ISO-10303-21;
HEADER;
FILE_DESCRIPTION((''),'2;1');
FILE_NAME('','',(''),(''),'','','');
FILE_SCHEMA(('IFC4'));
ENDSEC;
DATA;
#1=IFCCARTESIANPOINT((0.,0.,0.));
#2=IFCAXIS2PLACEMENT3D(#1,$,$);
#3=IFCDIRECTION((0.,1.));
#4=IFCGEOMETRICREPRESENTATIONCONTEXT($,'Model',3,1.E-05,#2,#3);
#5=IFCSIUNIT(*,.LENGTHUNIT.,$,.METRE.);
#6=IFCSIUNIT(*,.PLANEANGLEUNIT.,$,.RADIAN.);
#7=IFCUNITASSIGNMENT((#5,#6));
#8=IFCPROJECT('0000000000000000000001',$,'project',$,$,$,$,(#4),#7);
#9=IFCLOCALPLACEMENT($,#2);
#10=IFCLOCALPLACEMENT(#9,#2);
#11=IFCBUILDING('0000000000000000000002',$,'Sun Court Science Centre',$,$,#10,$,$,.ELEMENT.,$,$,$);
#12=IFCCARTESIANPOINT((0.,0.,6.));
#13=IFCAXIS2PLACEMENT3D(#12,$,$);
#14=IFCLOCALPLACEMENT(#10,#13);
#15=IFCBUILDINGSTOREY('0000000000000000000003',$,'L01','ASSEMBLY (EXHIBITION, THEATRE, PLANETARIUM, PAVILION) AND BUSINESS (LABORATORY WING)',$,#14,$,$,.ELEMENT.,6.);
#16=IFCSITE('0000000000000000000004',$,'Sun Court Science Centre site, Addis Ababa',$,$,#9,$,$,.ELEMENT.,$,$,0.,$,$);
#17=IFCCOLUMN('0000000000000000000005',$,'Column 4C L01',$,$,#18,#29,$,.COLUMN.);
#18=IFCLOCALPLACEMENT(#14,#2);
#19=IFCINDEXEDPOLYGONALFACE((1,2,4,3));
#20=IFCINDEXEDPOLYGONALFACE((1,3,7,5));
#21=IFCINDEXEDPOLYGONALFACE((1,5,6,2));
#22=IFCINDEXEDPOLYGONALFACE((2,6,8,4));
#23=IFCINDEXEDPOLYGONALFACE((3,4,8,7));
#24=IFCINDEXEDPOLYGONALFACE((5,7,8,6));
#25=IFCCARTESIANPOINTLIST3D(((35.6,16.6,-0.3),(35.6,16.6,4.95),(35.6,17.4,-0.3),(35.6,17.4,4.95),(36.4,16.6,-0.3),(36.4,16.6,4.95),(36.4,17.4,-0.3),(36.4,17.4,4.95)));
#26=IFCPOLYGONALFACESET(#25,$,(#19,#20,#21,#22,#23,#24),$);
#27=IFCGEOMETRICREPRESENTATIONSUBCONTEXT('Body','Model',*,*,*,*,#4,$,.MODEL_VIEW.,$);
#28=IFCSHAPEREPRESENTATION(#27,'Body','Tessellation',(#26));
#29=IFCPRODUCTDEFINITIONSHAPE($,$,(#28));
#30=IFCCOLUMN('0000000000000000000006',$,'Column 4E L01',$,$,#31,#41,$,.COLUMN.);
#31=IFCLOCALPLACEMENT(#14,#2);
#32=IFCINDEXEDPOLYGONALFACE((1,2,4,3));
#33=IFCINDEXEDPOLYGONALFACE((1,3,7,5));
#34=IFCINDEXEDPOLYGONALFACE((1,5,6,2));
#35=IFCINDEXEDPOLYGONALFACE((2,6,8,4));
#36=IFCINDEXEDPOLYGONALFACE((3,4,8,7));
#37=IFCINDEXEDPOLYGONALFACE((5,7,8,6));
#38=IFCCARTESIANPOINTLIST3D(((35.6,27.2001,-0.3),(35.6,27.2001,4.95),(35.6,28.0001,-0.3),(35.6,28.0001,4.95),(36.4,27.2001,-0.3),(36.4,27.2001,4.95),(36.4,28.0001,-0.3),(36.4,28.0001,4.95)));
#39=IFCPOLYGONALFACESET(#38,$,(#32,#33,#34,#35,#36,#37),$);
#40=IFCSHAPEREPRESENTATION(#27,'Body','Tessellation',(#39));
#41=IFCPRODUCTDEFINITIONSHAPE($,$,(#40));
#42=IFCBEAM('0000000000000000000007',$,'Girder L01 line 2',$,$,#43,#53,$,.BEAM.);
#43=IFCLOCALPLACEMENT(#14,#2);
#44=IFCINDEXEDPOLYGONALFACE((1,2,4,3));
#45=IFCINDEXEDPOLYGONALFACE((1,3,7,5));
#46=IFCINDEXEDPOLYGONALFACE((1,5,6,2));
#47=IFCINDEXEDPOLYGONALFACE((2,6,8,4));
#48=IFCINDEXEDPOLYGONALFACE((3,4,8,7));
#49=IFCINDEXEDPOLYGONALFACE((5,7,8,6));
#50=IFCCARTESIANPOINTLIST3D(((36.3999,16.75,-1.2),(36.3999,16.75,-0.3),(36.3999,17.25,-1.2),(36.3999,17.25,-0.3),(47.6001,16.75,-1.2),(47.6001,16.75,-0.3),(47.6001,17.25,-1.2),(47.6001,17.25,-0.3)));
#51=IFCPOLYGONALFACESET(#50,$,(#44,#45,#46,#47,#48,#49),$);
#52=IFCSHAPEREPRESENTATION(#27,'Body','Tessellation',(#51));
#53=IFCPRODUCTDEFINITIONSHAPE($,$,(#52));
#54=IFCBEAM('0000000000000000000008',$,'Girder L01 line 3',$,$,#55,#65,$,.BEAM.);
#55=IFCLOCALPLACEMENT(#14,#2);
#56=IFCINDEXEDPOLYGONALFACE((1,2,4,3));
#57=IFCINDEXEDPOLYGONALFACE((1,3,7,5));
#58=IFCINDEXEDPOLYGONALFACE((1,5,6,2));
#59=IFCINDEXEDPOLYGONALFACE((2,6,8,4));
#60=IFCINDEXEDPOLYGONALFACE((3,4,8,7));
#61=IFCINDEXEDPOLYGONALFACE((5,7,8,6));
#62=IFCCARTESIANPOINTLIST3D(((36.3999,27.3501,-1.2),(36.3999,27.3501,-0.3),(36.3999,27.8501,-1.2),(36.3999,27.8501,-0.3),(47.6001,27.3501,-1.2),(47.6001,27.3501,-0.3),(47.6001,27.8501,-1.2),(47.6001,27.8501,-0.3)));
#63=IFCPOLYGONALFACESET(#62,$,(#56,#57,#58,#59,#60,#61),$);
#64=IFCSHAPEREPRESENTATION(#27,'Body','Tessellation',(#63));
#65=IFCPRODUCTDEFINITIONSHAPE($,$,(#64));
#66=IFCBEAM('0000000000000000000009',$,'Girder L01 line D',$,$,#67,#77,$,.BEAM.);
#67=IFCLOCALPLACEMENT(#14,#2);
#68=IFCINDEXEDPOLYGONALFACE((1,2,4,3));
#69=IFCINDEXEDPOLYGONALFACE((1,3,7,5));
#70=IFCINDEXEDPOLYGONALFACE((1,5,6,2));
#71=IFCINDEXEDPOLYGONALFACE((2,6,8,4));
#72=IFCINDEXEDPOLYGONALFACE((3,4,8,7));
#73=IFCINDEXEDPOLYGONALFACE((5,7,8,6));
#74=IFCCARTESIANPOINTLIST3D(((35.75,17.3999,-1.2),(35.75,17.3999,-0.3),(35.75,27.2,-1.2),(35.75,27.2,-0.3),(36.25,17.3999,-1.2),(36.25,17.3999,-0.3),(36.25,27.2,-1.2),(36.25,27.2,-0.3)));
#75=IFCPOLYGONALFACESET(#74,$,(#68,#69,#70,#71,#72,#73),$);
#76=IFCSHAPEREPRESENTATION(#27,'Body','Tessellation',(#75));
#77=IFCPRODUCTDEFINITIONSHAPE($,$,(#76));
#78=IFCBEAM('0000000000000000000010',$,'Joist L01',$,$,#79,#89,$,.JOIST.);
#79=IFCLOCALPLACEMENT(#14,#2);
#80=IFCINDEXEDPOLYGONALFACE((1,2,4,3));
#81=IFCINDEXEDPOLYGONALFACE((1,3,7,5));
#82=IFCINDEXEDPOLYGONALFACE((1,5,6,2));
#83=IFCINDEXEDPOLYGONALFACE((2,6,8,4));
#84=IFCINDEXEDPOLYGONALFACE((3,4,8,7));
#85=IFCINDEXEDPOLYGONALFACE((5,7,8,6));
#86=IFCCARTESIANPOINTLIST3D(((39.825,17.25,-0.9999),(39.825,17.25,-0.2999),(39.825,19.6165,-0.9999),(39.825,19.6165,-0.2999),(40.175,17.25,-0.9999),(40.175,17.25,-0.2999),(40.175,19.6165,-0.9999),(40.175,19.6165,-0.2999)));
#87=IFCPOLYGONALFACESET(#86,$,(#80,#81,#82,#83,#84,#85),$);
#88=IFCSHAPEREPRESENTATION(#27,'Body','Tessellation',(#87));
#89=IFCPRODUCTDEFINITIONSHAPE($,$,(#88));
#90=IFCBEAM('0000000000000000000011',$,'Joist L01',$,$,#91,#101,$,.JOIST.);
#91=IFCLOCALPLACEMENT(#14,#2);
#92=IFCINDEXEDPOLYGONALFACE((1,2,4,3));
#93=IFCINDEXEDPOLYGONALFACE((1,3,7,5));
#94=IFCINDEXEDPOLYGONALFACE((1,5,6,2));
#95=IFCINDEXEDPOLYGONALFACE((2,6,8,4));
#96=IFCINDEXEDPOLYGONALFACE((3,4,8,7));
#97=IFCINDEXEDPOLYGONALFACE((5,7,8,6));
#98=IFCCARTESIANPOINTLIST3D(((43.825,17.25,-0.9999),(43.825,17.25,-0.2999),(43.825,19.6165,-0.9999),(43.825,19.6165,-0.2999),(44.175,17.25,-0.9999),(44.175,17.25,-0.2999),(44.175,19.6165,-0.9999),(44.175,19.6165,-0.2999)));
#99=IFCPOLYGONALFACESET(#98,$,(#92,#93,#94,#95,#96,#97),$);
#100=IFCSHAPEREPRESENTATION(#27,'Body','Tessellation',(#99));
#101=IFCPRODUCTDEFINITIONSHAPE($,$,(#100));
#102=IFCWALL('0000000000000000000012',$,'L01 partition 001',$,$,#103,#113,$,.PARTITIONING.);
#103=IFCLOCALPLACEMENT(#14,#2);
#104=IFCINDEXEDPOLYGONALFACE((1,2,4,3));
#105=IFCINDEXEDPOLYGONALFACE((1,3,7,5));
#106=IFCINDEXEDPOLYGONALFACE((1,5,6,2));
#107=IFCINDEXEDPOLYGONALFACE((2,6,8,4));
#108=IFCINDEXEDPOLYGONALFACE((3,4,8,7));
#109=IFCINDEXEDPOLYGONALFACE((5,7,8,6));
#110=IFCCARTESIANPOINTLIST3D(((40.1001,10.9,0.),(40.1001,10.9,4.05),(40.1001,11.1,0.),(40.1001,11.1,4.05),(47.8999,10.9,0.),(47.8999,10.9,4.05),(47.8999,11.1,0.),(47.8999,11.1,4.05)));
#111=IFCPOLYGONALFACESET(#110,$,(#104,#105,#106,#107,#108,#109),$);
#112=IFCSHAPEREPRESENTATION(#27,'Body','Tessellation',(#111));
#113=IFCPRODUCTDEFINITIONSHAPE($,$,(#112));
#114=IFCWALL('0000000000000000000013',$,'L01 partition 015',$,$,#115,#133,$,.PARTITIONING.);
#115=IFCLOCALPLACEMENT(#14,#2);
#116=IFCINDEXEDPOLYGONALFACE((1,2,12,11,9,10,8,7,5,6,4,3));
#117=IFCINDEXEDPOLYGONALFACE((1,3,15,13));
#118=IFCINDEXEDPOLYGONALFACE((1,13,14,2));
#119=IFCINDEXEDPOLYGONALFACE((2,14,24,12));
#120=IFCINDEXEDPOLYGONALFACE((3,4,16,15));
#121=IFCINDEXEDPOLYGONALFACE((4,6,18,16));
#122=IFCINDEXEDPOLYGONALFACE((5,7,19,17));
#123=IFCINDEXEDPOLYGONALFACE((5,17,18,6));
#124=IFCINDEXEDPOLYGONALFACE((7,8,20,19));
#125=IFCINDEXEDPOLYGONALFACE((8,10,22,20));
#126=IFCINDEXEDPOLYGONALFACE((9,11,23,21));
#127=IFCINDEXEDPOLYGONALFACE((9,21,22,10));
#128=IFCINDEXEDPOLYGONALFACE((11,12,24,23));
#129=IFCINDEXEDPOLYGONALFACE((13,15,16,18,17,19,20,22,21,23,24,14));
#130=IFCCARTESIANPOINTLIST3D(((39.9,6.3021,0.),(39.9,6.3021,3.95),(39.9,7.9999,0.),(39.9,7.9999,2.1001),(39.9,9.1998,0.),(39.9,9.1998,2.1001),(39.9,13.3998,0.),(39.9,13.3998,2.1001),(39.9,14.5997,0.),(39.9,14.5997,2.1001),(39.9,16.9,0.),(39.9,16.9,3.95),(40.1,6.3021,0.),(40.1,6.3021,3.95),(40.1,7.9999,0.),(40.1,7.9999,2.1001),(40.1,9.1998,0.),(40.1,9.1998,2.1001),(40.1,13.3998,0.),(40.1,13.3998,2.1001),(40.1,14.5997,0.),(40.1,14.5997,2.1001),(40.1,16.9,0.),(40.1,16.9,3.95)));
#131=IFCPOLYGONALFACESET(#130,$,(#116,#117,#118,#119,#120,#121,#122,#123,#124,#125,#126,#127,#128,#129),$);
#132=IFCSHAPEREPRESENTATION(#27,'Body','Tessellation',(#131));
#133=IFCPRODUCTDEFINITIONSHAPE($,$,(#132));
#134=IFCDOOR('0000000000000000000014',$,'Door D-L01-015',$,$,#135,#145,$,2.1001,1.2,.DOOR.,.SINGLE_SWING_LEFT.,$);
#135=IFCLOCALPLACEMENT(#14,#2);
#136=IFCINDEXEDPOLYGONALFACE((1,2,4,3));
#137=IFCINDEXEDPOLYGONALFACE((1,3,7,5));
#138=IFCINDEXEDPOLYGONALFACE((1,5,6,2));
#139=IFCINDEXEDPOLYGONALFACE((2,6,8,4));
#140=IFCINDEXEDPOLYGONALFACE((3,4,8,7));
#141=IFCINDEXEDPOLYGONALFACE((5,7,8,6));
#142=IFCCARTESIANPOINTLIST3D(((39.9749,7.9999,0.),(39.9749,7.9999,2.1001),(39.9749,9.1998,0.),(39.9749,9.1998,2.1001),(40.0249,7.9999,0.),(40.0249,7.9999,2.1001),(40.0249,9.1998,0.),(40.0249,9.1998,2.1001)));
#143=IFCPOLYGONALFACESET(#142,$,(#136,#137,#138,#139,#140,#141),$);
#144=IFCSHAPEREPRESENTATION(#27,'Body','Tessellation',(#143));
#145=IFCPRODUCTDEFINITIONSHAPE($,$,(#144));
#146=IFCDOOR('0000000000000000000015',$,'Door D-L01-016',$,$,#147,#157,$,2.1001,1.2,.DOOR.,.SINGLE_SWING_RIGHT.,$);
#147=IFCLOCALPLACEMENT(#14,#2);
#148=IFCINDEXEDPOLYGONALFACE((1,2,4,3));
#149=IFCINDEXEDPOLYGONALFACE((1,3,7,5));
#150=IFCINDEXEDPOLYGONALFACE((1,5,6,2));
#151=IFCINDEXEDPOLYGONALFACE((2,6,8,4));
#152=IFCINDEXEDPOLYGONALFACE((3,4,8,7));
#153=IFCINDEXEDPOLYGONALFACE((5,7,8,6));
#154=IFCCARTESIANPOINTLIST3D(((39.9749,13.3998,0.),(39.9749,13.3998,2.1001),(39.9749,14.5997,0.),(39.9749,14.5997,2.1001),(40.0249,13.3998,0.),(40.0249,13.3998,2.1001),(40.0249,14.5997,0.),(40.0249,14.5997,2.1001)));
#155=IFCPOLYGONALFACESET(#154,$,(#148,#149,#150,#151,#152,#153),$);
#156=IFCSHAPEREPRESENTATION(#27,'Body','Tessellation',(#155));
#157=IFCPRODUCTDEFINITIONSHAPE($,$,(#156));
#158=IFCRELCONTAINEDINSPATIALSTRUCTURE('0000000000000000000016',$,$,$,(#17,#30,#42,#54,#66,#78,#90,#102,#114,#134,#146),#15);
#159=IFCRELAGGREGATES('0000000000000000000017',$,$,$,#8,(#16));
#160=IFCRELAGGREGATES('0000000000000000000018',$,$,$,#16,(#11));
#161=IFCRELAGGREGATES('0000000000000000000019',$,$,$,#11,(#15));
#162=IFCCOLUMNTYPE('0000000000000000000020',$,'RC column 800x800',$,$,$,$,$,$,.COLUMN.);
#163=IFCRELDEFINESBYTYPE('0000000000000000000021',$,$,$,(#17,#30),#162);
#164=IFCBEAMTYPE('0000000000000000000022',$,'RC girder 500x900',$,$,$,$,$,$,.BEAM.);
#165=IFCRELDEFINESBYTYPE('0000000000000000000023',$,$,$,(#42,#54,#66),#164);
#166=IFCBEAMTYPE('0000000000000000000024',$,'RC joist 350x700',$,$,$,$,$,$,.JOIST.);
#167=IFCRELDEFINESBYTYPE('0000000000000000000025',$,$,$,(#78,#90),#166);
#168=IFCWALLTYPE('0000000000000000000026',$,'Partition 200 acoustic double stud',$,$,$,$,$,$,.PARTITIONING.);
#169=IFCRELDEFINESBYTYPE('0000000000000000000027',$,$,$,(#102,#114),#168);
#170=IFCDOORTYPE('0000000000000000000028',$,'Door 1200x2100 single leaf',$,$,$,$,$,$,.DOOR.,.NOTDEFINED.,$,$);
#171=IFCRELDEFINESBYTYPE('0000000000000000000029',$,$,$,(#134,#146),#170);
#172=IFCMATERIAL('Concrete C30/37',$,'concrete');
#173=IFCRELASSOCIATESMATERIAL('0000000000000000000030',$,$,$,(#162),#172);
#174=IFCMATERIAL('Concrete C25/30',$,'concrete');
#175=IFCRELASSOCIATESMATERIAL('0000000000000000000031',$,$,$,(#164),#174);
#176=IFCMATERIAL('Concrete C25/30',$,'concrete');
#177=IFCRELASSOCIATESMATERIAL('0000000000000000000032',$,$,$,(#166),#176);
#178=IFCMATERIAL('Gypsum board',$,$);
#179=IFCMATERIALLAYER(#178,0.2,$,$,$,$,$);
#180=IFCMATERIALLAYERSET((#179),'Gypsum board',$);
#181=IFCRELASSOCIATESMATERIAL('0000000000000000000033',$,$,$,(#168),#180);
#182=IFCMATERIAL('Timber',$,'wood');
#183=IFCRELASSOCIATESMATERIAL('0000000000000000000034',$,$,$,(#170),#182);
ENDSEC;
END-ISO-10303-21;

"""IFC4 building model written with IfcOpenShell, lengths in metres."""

from ifc_helpers import new_model, si_unit, direction, frame, frame_2d, origin, origin_2d, place, context, subcontext, project, spatial, rectangle, extrude, material, layer, layer_set, material_profile, profile_set, type_object, element, fill, save


model = new_model("IFC4")

# Units and contexts
model_context = context("Model", 3, precision=1e-05, world=origin(), true_north=direction((0.0, 1.0)))
body_context = subcontext(model_context, "Body", "Model", "MODEL_VIEW")
ifc_project = project(units=[si_unit("LENGTHUNIT", "METRE"), si_unit("PLANEANGLEUNIT", "RADIAN")], contexts=[model_context])

# Site, building, storey
site_placement = place(None, origin())
site = spatial("IfcSite", under=ifc_project, at=site_placement, Name="Sun Court Science Centre site, Addis Ababa", CompositionType="ELEMENT", RefElevation=0.0)
building_placement = place(site_placement, origin())
building = spatial("IfcBuilding", under=site, at=building_placement, Name="Sun Court Science Centre", CompositionType="ELEMENT")
storey_placement = place(building_placement, frame((0.0, 0.0, 6.0)))
storey = spatial("IfcBuildingStorey", under=building, at=storey_placement, Name="L01", Description="ASSEMBLY (EXHIBITION, THEATRE, PLANETARIUM, PAVILION) AND BUSINESS (LABORATORY WING)", CompositionType="ELEMENT", Elevation=6.0)

# Columns
ifc_material_1 = material(Name="Concrete C30/37", Category="concrete")
ifc_material_profile_1 = material_profile(ifc_material_1, rectangle(XDim=0.8, YDim=0.8, at=origin_2d()), Name="RC 800x800")
ifc_profile_set_1 = profile_set([ifc_material_profile_1], Name="Concrete C30/37")
column_type = type_object("IfcColumnType", Name="RC column 800x800", PredefinedType="COLUMN", material=ifc_profile_set_1)
for number, where, z_axis, x_axis, name in (
    (1, (36.0, 17.0, -0.3), (0.0, 0.0, 1.0), (1.0, 0.0, 0.0), "Column 4C L01"),
    (2, (36.0, 27.6001, -0.3), (0.0, 0.0, 1.0), (1.0, 0.0, 0.0), "Column 4E L01"),
):
    element("IfcColumn", number, at=place(storey_placement, frame(where, z_axis=z_axis, x_axis=x_axis)), inside=storey, type_object=column_type, Name=name, PredefinedType="COLUMN", context=body_context, shape_type="SweptSolid", body=[
        extrude(rectangle(XDim=0.8, YDim=0.8, at=origin_2d()), origin(), (0.0, 0.0, 1.0), 5.25),
    ])

# Beams
ifc_material_2 = material(Name="Concrete C25/30", Category="concrete")
ifc_material_profile_2 = material_profile(ifc_material_2, rectangle(XDim=0.5, YDim=0.8999, at=origin_2d()), Name="RC 500x900")
ifc_profile_set_2 = profile_set([ifc_material_profile_2], Name="Concrete C25/30")
beam_type_1 = type_object("IfcBeamType", Name="RC girder 500x900", PredefinedType="BEAM", material=ifc_profile_set_2)
for number, where, z_axis, x_axis, name in (
    (3, (36.3999, 17.0, -0.75), (1.0, 0.0, 0.0), (0.0, 1.0, 0.0), "Girder L01 line 2"),
    (4, (36.3999, 27.6001, -0.75), (1.0, 0.0, 0.0), (0.0, 1.0, 0.0), "Girder L01 line 3"),
):
    element("IfcBeam", number, at=place(storey_placement, frame(where, z_axis=z_axis, x_axis=x_axis)), inside=storey, type_object=beam_type_1, Name=name, PredefinedType="BEAM", context=body_context, shape_type="SweptSolid", body=[
        extrude(rectangle(XDim=0.5, YDim=0.8999, at=origin_2d()), origin(), (0.0, 0.0, 1.0), 11.2002),
    ])
beam_placement = place(storey_placement, frame((36.0, 17.3999, -0.75), z_axis=(0.0, 1.0, 0.0), x_axis=(-1.0, 0.0, 0.0)))
element("IfcBeam", 5, at=beam_placement, inside=storey, type_object=beam_type_1, Name="Girder L01 line D", PredefinedType="BEAM", context=body_context, shape_type="SweptSolid", body=[
    extrude(rectangle(XDim=0.5, YDim=0.8999, at=origin_2d()), origin(), (0.0, 0.0, 1.0), 9.8),
])
ifc_material_3 = material(Name="Concrete C25/30", Category="concrete")
ifc_material_profile_3 = material_profile(ifc_material_3, rectangle(XDim=0.3501, YDim=0.7, at=origin_2d()), Name="RC 350x700")
ifc_profile_set_3 = profile_set([ifc_material_profile_3], Name="Concrete C25/30")
beam_type_2 = type_object("IfcBeamType", Name="RC joist 350x700", PredefinedType="JOIST", material=ifc_profile_set_3)
for number, where, z_axis, x_axis, name in (
    (6, (40.0, 17.25, -0.6499), (0.0, 1.0, 0.0), (-1.0, 0.0, 0.0), "Joist L01"),
    (7, (44.0, 17.25, -0.6499), (0.0, 1.0, 0.0), (-1.0, 0.0, 0.0), "Joist L01"),
):
    element("IfcBeam", number, at=place(storey_placement, frame(where, z_axis=z_axis, x_axis=x_axis)), inside=storey, type_object=beam_type_2, Name=name, PredefinedType="JOIST", context=body_context, shape_type="SweptSolid", body=[
        extrude(rectangle(XDim=0.3501, YDim=0.7, at=origin_2d()), origin(), (0.0, 0.0, 1.0), 2.3665),
    ])

# Wall
ifc_material_4 = material(Name="Gypsum board")
ifc_layer_1 = layer(ifc_material_4, 0.2)
ifc_layer_set_1 = layer_set([ifc_layer_1], Name="Gypsum board")
wall_type_1 = type_object("IfcWallType", Name="Partition 200 acoustic double stud", PredefinedType="PARTITIONING", material=ifc_layer_set_1)
wall_1_placement = place(storey_placement, frame((40.1001, 11.0, 0.0), z_axis=(0.0, 0.0, 1.0), x_axis=(1.0, 0.0, 0.0)))
element("IfcWall", 8, at=wall_1_placement, inside=storey, type_object=wall_type_1, Name="L01 partition 001", PredefinedType="PARTITIONING", context=body_context, shape_type="SweptSolid", body=[
    extrude(rectangle(XDim=7.7998, YDim=0.2, at=frame_2d((3.8999, 0.0))), origin(), (0.0, 0.0, 1.0), 4.05),
])

# Wall, openings, doors
wall_2_placement = place(storey_placement, frame((40.0, 16.8999, 0.0), z_axis=(0.0, 0.0, 1.0), x_axis=(0.0, -1.0, 0.0)))
wall_2 = element("IfcWall", 9, at=wall_2_placement, inside=storey, type_object=wall_type_1, Name="L01 partition 015", PredefinedType="PARTITIONING", context=body_context, shape_type="SweptSolid", body=[
    extrude(rectangle(XDim=10.5979, YDim=0.2, at=frame_2d((5.2988, 0.0))), origin(), (0.0, 0.0, 1.0), 3.95),
])
opening_1_placement = place(wall_2_placement, frame((7.7, 0.0, 0.0)))
opening_1 = element("IfcOpeningElement", 10, at=opening_1_placement, cuts=wall_2, PredefinedType="OPENING", context=body_context, shape_type="SweptSolid", body=[
    extrude(rectangle(XDim=1.2, YDim=2.1001, at=frame_2d((0.6001, 1.05))), frame((0.0, 0.1099, 0.0), z_axis=(0.0, -1.0, 0.0), x_axis=(1.0, 0.0, 0.0)), (0.0, 0.0, 1.0), 0.22),
])
opening_2_placement = place(wall_2_placement, frame((2.3, 0.0, 0.0)))
opening_2 = element("IfcOpeningElement", 11, at=opening_2_placement, cuts=wall_2, PredefinedType="OPENING", context=body_context, shape_type="SweptSolid", body=[
    extrude(rectangle(XDim=1.2, YDim=2.1001, at=frame_2d((0.6001, 1.05))), frame((0.0, 0.1099, 0.0), z_axis=(0.0, -1.0, 0.0), x_axis=(1.0, 0.0, 0.0)), (0.0, 0.0, 1.0), 0.22),
])
ifc_material_5 = material(Name="Timber", Category="wood")
door_type_1 = type_object("IfcDoorType", Name="Door 1200x2100 single leaf", OperationType="NOTDEFINED", PredefinedType="DOOR", material=ifc_material_5)
door_1_placement = place(opening_1_placement, origin())
door_1 = element("IfcDoor", 12, at=door_1_placement, inside=storey, type_object=door_type_1, Name="Door D-L01-015", OperationType="SINGLE_SWING_LEFT", OverallHeight=2.1001, OverallWidth=1.2, PredefinedType="DOOR", context=body_context, shape_type="SweptSolid", body=[
    extrude(rectangle(XDim=1.2, YDim=2.1001, at=frame_2d((0.6001, 1.05))), frame((0.0, 0.0249, 0.0), z_axis=(0.0, -1.0, 0.0), x_axis=(1.0, 0.0, 0.0)), (0.0, 0.0, 1.0), 0.05),
])
fill(opening_1, door_1)
door_2_placement = place(opening_2_placement, origin())
door_2 = element("IfcDoor", 13, at=door_2_placement, inside=storey, type_object=door_type_1, Name="Door D-L01-016", OperationType="SINGLE_SWING_RIGHT", OverallHeight=2.1001, OverallWidth=1.2, PredefinedType="DOOR", context=body_context, shape_type="SweptSolid", body=[
    extrude(rectangle(XDim=1.2, YDim=2.1001, at=frame_2d((0.6001, 1.05))), frame((0.0, 0.0249, 0.0), z_axis=(0.0, -1.0, 0.0), x_axis=(1.0, 0.0, 0.0)), (0.0, 0.0, 1.0), 0.05),
])
fill(opening_2, door_2)

save(model, "model.ifc")
